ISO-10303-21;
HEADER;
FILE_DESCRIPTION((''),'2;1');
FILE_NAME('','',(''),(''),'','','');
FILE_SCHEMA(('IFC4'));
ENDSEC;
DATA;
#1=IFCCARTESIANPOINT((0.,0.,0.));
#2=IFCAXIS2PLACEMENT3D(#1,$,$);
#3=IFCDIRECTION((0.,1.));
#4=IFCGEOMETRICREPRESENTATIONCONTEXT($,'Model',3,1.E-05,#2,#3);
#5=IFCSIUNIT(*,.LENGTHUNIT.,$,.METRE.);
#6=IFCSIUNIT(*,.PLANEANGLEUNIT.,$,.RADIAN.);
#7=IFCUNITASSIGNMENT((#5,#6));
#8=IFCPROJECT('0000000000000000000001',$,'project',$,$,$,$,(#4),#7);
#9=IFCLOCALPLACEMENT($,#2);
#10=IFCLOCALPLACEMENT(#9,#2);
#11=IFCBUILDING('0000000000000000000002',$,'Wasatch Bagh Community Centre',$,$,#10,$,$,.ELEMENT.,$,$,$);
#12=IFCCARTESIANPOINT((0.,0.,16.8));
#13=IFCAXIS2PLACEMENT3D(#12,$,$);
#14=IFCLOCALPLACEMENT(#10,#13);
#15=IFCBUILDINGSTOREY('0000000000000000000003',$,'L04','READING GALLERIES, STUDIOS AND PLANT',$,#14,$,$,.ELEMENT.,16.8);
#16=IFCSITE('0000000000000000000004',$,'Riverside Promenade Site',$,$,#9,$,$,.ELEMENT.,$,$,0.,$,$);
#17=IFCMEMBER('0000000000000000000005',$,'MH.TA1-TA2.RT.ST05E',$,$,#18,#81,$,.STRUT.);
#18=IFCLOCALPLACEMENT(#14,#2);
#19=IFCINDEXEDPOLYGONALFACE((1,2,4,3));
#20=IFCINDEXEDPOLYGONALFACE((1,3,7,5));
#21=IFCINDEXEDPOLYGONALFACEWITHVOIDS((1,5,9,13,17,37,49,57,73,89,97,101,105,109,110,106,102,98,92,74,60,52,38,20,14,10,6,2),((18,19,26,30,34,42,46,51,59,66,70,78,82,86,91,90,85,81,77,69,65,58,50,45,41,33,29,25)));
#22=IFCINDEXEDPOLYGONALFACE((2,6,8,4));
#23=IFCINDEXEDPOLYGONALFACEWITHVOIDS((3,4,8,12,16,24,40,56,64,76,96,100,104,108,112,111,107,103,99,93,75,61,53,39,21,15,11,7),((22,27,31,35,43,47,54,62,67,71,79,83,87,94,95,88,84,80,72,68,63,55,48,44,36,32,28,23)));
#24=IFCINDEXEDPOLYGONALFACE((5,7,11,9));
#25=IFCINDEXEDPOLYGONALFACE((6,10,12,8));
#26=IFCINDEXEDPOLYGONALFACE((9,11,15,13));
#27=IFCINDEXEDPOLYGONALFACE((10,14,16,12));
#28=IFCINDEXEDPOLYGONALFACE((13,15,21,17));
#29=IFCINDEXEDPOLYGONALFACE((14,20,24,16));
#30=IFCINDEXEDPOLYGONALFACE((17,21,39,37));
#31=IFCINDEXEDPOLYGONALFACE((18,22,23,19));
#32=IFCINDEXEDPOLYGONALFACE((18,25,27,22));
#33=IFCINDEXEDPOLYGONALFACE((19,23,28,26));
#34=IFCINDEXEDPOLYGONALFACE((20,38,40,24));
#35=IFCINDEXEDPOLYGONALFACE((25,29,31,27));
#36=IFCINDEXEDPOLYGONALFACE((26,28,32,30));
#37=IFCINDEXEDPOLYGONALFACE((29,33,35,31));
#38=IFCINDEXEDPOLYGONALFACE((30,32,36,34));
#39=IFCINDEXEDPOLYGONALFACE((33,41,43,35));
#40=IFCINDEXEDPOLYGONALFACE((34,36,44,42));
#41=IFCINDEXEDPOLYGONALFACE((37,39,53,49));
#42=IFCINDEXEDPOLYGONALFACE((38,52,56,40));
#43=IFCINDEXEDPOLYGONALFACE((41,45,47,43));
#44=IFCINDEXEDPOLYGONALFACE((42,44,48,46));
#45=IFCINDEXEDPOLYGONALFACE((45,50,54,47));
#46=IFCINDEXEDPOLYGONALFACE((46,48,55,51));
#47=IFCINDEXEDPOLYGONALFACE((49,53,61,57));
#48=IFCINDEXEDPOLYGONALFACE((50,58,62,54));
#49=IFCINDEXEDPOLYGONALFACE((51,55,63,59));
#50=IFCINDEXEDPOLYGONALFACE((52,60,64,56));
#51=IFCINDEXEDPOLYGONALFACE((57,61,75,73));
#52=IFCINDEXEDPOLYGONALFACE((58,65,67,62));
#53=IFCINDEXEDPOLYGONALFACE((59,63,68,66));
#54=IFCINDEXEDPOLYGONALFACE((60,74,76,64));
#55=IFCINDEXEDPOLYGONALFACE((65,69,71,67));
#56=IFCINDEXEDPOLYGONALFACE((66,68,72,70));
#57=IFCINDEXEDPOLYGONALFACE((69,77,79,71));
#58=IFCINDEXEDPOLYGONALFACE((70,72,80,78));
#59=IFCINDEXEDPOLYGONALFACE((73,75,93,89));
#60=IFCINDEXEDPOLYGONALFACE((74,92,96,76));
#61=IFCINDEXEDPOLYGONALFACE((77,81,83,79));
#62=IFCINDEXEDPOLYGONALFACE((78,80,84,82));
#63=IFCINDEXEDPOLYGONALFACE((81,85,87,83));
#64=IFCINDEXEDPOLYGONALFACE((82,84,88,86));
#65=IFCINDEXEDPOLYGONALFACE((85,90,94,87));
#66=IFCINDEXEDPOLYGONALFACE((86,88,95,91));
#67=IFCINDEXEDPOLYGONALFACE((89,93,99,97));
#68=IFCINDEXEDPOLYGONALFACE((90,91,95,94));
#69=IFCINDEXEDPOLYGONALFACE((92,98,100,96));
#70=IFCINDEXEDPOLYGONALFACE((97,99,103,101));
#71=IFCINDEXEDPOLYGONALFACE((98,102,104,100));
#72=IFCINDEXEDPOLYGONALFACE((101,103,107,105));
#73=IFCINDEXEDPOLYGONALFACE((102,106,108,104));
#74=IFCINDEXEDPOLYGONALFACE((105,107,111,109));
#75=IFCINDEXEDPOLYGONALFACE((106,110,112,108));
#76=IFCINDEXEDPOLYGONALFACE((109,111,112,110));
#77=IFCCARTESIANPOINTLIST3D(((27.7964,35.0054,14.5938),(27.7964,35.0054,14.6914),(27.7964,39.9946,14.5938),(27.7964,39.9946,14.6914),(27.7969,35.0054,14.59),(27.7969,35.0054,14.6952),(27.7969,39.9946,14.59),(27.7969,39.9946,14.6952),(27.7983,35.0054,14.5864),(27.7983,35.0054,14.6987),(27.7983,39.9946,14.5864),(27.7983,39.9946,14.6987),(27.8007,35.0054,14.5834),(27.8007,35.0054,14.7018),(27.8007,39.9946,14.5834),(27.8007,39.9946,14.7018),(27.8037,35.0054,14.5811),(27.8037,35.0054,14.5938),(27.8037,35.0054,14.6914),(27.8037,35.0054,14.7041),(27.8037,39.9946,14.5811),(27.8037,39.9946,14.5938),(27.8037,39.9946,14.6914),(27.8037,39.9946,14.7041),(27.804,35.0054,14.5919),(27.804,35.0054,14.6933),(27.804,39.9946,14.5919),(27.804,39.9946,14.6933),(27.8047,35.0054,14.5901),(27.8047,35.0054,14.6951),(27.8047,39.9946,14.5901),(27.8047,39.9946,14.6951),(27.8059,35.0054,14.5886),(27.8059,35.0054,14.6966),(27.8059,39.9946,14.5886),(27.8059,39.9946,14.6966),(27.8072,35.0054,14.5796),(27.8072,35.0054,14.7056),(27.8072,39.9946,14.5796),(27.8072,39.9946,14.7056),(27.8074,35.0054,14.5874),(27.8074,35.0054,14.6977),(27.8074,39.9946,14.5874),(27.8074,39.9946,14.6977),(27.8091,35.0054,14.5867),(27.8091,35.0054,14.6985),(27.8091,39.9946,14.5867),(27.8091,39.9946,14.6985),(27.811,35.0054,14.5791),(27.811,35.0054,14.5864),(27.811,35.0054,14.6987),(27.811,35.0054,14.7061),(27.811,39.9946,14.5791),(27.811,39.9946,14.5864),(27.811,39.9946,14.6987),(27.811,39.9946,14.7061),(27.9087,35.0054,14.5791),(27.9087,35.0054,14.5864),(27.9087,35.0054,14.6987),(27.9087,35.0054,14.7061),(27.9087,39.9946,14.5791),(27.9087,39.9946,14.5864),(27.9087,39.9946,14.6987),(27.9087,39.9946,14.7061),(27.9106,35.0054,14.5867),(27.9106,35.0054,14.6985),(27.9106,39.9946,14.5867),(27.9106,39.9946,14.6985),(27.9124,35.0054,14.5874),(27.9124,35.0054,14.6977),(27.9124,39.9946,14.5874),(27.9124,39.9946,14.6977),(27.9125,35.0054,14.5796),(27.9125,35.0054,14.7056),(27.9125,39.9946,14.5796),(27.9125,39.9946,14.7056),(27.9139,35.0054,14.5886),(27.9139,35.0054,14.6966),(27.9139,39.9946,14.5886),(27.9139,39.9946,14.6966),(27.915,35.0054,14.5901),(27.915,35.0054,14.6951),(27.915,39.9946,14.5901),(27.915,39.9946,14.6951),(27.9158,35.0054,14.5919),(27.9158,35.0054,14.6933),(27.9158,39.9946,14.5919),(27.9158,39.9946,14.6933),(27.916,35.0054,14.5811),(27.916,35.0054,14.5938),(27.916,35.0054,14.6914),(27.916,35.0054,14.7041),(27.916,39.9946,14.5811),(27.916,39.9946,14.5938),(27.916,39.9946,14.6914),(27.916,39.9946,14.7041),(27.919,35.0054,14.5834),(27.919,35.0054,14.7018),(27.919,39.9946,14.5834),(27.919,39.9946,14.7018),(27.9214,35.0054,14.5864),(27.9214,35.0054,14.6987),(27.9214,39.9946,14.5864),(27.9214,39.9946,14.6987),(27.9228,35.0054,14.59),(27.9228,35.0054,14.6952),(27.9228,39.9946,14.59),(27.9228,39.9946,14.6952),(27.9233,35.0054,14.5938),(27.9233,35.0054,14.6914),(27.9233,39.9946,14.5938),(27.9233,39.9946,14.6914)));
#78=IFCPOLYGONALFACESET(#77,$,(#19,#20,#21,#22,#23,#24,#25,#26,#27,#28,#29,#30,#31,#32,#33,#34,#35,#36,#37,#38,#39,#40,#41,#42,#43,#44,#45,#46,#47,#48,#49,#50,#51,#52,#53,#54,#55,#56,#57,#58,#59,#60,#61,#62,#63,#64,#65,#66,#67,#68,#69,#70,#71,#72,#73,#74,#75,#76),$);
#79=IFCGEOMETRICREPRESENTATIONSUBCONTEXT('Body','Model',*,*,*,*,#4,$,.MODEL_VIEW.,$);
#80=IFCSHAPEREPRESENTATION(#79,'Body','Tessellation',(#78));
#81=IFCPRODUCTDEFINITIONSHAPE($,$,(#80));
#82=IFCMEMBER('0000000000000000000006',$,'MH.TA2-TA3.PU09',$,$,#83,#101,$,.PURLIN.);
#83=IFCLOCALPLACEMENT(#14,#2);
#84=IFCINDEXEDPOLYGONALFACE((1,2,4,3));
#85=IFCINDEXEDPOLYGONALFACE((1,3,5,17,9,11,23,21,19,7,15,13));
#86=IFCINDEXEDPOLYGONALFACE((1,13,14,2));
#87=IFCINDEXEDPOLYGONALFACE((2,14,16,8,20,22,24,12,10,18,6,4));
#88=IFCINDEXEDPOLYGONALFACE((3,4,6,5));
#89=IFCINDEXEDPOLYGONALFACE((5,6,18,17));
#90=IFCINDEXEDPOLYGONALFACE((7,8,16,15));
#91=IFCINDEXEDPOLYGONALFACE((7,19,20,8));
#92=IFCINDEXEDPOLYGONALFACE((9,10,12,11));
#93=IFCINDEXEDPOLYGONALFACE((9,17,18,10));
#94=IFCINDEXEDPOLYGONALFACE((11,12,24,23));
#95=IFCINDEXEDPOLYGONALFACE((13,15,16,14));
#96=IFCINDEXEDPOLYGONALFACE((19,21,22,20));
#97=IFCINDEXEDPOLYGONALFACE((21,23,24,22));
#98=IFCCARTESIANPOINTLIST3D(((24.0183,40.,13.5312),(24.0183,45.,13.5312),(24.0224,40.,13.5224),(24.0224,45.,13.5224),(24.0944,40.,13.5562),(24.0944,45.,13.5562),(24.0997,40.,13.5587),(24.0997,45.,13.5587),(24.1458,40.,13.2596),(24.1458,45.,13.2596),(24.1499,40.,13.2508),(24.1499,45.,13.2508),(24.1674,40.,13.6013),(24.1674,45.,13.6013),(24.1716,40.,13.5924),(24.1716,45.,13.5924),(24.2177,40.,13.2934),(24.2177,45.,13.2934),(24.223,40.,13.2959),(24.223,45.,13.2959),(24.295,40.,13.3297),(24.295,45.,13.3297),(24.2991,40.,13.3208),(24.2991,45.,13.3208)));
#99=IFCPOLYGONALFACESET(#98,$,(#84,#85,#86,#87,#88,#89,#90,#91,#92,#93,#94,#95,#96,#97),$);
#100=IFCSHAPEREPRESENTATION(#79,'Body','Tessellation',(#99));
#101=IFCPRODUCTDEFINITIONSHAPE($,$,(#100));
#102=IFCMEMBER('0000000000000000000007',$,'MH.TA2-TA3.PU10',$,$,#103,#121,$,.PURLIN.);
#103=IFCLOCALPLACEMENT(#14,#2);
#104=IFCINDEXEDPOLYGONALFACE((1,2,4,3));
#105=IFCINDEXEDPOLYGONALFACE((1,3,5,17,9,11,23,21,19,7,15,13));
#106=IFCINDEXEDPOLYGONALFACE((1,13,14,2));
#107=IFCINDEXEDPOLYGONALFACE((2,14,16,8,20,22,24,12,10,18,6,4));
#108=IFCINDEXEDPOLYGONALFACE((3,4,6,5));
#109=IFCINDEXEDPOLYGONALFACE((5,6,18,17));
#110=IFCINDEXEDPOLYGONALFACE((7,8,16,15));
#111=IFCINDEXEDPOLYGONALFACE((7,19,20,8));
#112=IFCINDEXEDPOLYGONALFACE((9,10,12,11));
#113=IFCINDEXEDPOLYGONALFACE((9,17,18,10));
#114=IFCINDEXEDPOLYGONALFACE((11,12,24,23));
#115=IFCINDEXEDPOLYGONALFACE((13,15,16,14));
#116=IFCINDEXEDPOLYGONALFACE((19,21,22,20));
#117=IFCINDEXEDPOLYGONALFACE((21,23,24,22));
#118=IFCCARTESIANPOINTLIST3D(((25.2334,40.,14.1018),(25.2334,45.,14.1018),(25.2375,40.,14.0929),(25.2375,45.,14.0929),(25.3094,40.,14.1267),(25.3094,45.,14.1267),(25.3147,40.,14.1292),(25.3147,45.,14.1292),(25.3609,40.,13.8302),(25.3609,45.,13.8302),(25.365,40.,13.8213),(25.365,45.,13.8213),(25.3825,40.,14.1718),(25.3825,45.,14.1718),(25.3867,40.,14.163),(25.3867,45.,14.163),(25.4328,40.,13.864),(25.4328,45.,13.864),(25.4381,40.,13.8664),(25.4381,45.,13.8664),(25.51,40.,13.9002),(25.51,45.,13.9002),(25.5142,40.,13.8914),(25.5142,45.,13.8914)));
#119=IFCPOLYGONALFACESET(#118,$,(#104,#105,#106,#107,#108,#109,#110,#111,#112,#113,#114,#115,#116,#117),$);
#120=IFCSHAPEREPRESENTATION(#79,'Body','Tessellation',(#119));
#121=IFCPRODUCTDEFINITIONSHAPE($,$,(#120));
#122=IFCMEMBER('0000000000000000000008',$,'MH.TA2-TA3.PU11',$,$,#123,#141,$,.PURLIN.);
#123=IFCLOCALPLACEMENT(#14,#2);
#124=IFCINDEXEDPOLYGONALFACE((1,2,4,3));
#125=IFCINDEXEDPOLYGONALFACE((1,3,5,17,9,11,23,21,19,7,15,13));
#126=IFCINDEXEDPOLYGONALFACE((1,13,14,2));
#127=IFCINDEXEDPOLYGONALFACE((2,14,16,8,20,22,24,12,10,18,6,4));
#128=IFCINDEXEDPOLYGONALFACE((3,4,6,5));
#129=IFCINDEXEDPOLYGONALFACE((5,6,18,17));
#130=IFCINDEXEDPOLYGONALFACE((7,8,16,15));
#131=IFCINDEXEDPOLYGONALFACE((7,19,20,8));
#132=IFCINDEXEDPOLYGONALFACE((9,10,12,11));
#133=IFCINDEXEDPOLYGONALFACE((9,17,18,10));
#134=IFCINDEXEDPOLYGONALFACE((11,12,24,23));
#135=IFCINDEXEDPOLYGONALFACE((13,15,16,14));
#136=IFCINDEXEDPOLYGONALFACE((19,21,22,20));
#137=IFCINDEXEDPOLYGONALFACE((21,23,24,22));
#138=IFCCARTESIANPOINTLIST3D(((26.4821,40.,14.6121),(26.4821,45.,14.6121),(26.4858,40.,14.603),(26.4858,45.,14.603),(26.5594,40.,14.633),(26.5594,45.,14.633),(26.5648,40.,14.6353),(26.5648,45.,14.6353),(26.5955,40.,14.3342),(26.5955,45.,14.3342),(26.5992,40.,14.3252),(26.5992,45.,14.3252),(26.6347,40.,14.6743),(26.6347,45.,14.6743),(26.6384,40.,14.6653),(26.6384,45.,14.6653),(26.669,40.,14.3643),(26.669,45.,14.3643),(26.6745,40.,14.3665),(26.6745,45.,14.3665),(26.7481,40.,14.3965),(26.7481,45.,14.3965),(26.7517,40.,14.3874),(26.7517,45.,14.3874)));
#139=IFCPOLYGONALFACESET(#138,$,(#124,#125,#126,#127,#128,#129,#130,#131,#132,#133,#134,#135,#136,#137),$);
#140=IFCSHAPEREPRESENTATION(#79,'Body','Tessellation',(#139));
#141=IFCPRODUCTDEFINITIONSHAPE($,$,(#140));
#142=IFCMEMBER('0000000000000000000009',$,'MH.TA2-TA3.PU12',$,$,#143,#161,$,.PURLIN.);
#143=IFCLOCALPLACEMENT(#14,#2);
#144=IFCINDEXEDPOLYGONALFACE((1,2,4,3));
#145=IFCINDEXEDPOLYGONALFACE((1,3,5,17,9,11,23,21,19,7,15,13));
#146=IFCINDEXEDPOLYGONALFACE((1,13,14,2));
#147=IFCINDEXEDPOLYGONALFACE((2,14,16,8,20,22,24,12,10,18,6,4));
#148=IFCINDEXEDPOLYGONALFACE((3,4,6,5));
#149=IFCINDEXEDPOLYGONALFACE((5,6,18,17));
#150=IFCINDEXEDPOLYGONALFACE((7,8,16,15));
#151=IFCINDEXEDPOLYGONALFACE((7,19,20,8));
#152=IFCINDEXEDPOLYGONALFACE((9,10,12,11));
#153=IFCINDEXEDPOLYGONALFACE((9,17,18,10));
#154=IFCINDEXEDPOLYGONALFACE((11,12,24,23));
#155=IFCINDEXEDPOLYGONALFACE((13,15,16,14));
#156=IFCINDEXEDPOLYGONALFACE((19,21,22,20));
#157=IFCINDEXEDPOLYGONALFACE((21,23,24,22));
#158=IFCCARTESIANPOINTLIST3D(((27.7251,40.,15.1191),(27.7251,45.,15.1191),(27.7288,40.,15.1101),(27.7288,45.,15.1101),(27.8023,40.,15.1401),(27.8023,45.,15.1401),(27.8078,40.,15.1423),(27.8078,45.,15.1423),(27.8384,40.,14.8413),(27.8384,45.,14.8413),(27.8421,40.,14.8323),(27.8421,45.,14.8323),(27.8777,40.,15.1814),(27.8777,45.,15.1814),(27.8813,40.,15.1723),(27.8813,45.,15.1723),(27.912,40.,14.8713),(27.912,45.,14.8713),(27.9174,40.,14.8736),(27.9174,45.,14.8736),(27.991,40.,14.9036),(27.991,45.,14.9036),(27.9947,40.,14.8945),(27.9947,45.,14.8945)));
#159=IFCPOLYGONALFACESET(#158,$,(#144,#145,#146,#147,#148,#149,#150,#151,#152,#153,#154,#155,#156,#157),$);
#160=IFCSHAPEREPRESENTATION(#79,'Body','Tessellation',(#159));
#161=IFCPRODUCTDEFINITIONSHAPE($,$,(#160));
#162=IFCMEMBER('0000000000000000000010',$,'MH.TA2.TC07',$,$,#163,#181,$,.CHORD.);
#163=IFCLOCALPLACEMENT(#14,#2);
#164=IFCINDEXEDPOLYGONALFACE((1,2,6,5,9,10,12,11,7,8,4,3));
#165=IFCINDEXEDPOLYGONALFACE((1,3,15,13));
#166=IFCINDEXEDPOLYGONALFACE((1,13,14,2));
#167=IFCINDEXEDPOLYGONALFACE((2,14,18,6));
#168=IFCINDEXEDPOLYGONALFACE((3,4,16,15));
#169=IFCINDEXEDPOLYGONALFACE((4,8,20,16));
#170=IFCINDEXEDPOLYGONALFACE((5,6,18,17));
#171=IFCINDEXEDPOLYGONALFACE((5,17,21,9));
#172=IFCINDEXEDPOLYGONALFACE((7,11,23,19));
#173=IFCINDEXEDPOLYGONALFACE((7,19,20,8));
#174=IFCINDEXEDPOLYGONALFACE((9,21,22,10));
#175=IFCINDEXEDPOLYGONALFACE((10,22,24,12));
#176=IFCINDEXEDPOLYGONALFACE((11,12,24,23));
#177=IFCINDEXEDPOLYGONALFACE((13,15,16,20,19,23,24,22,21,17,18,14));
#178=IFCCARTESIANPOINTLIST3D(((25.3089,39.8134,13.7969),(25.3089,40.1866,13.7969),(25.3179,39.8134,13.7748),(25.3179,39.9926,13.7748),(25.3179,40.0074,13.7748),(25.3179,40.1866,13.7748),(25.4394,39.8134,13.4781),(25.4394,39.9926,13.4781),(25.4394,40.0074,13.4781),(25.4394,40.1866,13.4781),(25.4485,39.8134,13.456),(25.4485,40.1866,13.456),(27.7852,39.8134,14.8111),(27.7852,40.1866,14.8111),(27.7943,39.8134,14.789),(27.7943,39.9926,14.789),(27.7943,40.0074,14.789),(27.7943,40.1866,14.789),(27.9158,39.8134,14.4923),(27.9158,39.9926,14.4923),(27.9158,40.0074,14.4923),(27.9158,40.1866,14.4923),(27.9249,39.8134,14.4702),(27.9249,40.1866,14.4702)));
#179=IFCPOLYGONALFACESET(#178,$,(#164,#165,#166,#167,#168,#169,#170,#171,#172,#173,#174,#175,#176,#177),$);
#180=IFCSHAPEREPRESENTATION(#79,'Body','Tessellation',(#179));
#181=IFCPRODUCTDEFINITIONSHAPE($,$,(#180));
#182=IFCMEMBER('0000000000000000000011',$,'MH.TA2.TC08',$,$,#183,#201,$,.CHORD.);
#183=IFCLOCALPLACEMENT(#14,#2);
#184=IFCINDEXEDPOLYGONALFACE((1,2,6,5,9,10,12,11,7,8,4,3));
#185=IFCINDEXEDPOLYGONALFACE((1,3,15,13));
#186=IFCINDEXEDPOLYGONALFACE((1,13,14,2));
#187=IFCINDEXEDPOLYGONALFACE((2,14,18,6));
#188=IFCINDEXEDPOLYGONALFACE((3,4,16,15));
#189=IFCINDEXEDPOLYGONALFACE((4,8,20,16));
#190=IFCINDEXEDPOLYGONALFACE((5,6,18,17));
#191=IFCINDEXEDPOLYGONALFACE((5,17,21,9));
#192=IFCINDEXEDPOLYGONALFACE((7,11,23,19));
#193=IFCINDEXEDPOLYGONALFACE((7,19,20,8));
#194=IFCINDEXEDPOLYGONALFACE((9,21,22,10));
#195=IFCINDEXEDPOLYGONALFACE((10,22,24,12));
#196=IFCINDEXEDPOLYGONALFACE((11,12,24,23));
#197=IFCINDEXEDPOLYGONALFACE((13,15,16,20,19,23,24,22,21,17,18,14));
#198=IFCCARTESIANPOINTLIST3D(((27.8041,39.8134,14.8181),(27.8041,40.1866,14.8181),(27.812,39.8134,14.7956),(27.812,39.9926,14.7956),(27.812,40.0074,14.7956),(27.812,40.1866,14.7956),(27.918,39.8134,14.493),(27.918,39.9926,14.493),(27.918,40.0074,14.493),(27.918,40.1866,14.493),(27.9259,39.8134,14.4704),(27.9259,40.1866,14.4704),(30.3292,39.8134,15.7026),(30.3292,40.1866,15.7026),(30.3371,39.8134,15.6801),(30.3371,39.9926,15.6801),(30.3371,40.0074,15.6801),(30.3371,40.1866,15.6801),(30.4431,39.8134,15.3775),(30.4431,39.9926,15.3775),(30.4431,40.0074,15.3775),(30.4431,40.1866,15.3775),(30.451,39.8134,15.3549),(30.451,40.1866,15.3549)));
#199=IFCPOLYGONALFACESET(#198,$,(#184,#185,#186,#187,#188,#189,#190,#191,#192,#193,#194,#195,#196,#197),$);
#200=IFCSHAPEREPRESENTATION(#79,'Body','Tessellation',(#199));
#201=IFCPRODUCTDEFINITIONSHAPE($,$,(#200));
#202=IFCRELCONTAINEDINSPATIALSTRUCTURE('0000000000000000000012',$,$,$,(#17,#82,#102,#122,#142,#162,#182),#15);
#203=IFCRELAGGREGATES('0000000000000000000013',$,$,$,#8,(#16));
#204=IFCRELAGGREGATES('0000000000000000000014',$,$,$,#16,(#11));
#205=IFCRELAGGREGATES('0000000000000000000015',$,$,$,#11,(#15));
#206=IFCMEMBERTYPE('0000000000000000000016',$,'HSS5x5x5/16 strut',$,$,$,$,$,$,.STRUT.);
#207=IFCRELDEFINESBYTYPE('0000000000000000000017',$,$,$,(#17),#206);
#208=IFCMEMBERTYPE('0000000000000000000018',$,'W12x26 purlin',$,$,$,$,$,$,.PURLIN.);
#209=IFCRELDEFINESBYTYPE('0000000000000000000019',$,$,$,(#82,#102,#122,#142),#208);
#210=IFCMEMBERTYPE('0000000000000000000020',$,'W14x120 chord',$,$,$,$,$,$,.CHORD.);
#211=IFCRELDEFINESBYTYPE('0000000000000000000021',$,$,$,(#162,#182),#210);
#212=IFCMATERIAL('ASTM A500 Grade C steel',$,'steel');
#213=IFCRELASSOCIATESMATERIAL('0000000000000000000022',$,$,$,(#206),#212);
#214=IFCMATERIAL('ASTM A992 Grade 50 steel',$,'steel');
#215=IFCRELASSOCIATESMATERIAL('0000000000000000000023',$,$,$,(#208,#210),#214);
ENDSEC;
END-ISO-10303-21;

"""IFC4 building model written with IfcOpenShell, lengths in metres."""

from ifc_helpers import new_model, si_unit, direction, frame, origin, origin_2d, place, context, subcontext, project, spatial, hollow_rectangle, i_section, extrude, material, material_profile, profile_set, type_object, element, save


model = new_model("IFC4")

# Units and contexts
model_context = context("Model", 3, precision=1e-05, world=origin(), true_north=direction((0.0, 1.0)))
body_context = subcontext(model_context, "Body", "Model", "MODEL_VIEW")
ifc_project = project(units=[si_unit("LENGTHUNIT", "METRE"), si_unit("PLANEANGLEUNIT", "RADIAN")], contexts=[model_context])

# Site, building, storey
site_placement = place(None, origin())
site = spatial("IfcSite", under=ifc_project, at=site_placement, Name="Riverside Promenade Site", CompositionType="ELEMENT", RefElevation=0.0)
building_placement = place(site_placement, origin())
building = spatial("IfcBuilding", under=site, at=building_placement, Name="Wasatch Bagh Community Centre", CompositionType="ELEMENT")
storey_placement = place(building_placement, frame((0.0, 0.0, 16.8)))
storey = spatial("IfcBuildingStorey", under=building, at=storey_placement, Name="L04", Description="READING GALLERIES, STUDIOS AND PLANT", CompositionType="ELEMENT", Elevation=16.8)

# Members
ifc_material_1 = material(Name="ASTM A500 Grade C steel", Category="steel")
ifc_material_profile_1 = material_profile(ifc_material_1, hollow_rectangle(XDim=0.127, YDim=0.127, WallThickness=0.0073, InnerFilletRadius=0.0073, OuterFilletRadius=0.0146, at=origin_2d()), Name="HSS5x5x5/16")
ifc_profile_set_1 = profile_set([ifc_material_profile_1], Name="ASTM A500 Grade C steel")
member_type_1 = type_object("IfcMemberType", Name="HSS5x5x5/16 strut", PredefinedType="STRUT", material=ifc_profile_set_1)
for number, where, z_axis, x_axis, name in (
    (1, (27.8599, 35.0054, 14.6426), (0.0, 1.0, 0.0), (-1.0, 0.0, 0.0), "MH.TA1-TA2.RT.ST05E"),
):
    element("IfcMember", number, at=place(storey_placement, frame(where, z_axis=z_axis, x_axis=x_axis)), inside=storey, type_object=member_type_1, Name=name, PredefinedType="STRUT", context=body_context, shape_type="SweptSolid", body=[
        extrude(hollow_rectangle(XDim=0.127, YDim=0.127, WallThickness=0.0073, InnerFilletRadius=0.0073, OuterFilletRadius=0.0146, at=origin_2d()), origin(), (0.0, 0.0, 1.0), 4.9893),
    ])
ifc_material_2 = material(Name="ASTM A992 Grade 50 steel", Category="steel")
ifc_material_profile_2 = material_profile(ifc_material_2, i_section(OverallWidth=0.1648, OverallDepth=0.3098, WebThickness=0.0059, FlangeThickness=0.0098, at=origin_2d()), Name="W12x26")
ifc_profile_set_2 = profile_set([ifc_material_profile_2], Name="ASTM A992 Grade 50 steel")
member_type_2 = type_object("IfcMemberType", Name="W12x26 purlin", PredefinedType="PURLIN", material=ifc_profile_set_2)
for number, where, z_axis, x_axis, name in (
    (2, (24.1587, 40.0, 13.426), (0.0, 1.0, 0.0), (-0.905205, 0.0, -0.424976), "MH.TA2-TA3.PU09"),
    (3, (25.3738, 40.0, 13.9966), (0.0, 1.0, 0.0), (-0.905205, 0.0, -0.424976), "MH.TA2-TA3.PU10"),
    (4, (26.6169, 40.0, 14.4998), (0.0, 1.0, 0.0), (-0.925934, 0.0, -0.377686), "MH.TA2-TA3.PU11"),
    (5, (27.8599, 40.0, 15.0068), (0.0, 1.0, 0.0), (-0.925934, 0.0, -0.377686), "MH.TA2-TA3.PU12"),
):
    element("IfcMember", number, at=place(storey_placement, frame(where, z_axis=z_axis, x_axis=x_axis)), inside=storey, type_object=member_type_2, Name=name, PredefinedType="PURLIN", context=body_context, shape_type="SweptSolid", body=[
        extrude(i_section(OverallWidth=0.1648, OverallDepth=0.3098, WebThickness=0.0059, FlangeThickness=0.0098, at=origin_2d()), origin(), (0.0, 0.0, 1.0), 5.0),
    ])
ifc_material_profile_3 = material_profile(ifc_material_2, i_section(OverallWidth=0.3733, OverallDepth=0.3684, WebThickness=0.0149, FlangeThickness=0.0239, at=origin_2d()), Name="W14x120")
ifc_profile_set_3 = profile_set([ifc_material_profile_3], Name="ASTM A992 Grade 50 steel")
member_type_3 = type_object("IfcMemberType", Name="W14x120 chord", PredefinedType="CHORD", material=ifc_profile_set_3)
member_1_placement = place(storey_placement, frame((25.3787, 40.0, 13.6265), z_axis=(0.9254, 0.0, 0.378992), x_axis=(0.0, 1.0, 0.0)))
element("IfcMember", 6, at=member_1_placement, inside=storey, type_object=member_type_3, Name="MH.TA2.TC07", PredefinedType="CHORD", context=body_context, shape_type="SweptSolid", body=[
    extrude(i_section(OverallWidth=0.3733, OverallDepth=0.3684, WebThickness=0.0149, FlangeThickness=0.0239, at=origin_2d()), origin(), (0.0, 0.0, 1.0), 2.676),
])
member_2_placement = place(storey_placement, frame((27.865, 40.0, 14.6443), z_axis=(0.943774, 0.0, 0.33059), x_axis=(0.0, 1.0, 0.0)))
element("IfcMember", 7, at=member_2_placement, inside=storey, type_object=member_type_3, Name="MH.TA2.TC08", PredefinedType="CHORD", context=body_context, shape_type="SweptSolid", body=[
    extrude(i_section(OverallWidth=0.3733, OverallDepth=0.3684, WebThickness=0.0149, FlangeThickness=0.0239, at=origin_2d()), origin(), (0.0, 0.0, 1.0), 2.6755),
])

save(model, "model.ifc")
